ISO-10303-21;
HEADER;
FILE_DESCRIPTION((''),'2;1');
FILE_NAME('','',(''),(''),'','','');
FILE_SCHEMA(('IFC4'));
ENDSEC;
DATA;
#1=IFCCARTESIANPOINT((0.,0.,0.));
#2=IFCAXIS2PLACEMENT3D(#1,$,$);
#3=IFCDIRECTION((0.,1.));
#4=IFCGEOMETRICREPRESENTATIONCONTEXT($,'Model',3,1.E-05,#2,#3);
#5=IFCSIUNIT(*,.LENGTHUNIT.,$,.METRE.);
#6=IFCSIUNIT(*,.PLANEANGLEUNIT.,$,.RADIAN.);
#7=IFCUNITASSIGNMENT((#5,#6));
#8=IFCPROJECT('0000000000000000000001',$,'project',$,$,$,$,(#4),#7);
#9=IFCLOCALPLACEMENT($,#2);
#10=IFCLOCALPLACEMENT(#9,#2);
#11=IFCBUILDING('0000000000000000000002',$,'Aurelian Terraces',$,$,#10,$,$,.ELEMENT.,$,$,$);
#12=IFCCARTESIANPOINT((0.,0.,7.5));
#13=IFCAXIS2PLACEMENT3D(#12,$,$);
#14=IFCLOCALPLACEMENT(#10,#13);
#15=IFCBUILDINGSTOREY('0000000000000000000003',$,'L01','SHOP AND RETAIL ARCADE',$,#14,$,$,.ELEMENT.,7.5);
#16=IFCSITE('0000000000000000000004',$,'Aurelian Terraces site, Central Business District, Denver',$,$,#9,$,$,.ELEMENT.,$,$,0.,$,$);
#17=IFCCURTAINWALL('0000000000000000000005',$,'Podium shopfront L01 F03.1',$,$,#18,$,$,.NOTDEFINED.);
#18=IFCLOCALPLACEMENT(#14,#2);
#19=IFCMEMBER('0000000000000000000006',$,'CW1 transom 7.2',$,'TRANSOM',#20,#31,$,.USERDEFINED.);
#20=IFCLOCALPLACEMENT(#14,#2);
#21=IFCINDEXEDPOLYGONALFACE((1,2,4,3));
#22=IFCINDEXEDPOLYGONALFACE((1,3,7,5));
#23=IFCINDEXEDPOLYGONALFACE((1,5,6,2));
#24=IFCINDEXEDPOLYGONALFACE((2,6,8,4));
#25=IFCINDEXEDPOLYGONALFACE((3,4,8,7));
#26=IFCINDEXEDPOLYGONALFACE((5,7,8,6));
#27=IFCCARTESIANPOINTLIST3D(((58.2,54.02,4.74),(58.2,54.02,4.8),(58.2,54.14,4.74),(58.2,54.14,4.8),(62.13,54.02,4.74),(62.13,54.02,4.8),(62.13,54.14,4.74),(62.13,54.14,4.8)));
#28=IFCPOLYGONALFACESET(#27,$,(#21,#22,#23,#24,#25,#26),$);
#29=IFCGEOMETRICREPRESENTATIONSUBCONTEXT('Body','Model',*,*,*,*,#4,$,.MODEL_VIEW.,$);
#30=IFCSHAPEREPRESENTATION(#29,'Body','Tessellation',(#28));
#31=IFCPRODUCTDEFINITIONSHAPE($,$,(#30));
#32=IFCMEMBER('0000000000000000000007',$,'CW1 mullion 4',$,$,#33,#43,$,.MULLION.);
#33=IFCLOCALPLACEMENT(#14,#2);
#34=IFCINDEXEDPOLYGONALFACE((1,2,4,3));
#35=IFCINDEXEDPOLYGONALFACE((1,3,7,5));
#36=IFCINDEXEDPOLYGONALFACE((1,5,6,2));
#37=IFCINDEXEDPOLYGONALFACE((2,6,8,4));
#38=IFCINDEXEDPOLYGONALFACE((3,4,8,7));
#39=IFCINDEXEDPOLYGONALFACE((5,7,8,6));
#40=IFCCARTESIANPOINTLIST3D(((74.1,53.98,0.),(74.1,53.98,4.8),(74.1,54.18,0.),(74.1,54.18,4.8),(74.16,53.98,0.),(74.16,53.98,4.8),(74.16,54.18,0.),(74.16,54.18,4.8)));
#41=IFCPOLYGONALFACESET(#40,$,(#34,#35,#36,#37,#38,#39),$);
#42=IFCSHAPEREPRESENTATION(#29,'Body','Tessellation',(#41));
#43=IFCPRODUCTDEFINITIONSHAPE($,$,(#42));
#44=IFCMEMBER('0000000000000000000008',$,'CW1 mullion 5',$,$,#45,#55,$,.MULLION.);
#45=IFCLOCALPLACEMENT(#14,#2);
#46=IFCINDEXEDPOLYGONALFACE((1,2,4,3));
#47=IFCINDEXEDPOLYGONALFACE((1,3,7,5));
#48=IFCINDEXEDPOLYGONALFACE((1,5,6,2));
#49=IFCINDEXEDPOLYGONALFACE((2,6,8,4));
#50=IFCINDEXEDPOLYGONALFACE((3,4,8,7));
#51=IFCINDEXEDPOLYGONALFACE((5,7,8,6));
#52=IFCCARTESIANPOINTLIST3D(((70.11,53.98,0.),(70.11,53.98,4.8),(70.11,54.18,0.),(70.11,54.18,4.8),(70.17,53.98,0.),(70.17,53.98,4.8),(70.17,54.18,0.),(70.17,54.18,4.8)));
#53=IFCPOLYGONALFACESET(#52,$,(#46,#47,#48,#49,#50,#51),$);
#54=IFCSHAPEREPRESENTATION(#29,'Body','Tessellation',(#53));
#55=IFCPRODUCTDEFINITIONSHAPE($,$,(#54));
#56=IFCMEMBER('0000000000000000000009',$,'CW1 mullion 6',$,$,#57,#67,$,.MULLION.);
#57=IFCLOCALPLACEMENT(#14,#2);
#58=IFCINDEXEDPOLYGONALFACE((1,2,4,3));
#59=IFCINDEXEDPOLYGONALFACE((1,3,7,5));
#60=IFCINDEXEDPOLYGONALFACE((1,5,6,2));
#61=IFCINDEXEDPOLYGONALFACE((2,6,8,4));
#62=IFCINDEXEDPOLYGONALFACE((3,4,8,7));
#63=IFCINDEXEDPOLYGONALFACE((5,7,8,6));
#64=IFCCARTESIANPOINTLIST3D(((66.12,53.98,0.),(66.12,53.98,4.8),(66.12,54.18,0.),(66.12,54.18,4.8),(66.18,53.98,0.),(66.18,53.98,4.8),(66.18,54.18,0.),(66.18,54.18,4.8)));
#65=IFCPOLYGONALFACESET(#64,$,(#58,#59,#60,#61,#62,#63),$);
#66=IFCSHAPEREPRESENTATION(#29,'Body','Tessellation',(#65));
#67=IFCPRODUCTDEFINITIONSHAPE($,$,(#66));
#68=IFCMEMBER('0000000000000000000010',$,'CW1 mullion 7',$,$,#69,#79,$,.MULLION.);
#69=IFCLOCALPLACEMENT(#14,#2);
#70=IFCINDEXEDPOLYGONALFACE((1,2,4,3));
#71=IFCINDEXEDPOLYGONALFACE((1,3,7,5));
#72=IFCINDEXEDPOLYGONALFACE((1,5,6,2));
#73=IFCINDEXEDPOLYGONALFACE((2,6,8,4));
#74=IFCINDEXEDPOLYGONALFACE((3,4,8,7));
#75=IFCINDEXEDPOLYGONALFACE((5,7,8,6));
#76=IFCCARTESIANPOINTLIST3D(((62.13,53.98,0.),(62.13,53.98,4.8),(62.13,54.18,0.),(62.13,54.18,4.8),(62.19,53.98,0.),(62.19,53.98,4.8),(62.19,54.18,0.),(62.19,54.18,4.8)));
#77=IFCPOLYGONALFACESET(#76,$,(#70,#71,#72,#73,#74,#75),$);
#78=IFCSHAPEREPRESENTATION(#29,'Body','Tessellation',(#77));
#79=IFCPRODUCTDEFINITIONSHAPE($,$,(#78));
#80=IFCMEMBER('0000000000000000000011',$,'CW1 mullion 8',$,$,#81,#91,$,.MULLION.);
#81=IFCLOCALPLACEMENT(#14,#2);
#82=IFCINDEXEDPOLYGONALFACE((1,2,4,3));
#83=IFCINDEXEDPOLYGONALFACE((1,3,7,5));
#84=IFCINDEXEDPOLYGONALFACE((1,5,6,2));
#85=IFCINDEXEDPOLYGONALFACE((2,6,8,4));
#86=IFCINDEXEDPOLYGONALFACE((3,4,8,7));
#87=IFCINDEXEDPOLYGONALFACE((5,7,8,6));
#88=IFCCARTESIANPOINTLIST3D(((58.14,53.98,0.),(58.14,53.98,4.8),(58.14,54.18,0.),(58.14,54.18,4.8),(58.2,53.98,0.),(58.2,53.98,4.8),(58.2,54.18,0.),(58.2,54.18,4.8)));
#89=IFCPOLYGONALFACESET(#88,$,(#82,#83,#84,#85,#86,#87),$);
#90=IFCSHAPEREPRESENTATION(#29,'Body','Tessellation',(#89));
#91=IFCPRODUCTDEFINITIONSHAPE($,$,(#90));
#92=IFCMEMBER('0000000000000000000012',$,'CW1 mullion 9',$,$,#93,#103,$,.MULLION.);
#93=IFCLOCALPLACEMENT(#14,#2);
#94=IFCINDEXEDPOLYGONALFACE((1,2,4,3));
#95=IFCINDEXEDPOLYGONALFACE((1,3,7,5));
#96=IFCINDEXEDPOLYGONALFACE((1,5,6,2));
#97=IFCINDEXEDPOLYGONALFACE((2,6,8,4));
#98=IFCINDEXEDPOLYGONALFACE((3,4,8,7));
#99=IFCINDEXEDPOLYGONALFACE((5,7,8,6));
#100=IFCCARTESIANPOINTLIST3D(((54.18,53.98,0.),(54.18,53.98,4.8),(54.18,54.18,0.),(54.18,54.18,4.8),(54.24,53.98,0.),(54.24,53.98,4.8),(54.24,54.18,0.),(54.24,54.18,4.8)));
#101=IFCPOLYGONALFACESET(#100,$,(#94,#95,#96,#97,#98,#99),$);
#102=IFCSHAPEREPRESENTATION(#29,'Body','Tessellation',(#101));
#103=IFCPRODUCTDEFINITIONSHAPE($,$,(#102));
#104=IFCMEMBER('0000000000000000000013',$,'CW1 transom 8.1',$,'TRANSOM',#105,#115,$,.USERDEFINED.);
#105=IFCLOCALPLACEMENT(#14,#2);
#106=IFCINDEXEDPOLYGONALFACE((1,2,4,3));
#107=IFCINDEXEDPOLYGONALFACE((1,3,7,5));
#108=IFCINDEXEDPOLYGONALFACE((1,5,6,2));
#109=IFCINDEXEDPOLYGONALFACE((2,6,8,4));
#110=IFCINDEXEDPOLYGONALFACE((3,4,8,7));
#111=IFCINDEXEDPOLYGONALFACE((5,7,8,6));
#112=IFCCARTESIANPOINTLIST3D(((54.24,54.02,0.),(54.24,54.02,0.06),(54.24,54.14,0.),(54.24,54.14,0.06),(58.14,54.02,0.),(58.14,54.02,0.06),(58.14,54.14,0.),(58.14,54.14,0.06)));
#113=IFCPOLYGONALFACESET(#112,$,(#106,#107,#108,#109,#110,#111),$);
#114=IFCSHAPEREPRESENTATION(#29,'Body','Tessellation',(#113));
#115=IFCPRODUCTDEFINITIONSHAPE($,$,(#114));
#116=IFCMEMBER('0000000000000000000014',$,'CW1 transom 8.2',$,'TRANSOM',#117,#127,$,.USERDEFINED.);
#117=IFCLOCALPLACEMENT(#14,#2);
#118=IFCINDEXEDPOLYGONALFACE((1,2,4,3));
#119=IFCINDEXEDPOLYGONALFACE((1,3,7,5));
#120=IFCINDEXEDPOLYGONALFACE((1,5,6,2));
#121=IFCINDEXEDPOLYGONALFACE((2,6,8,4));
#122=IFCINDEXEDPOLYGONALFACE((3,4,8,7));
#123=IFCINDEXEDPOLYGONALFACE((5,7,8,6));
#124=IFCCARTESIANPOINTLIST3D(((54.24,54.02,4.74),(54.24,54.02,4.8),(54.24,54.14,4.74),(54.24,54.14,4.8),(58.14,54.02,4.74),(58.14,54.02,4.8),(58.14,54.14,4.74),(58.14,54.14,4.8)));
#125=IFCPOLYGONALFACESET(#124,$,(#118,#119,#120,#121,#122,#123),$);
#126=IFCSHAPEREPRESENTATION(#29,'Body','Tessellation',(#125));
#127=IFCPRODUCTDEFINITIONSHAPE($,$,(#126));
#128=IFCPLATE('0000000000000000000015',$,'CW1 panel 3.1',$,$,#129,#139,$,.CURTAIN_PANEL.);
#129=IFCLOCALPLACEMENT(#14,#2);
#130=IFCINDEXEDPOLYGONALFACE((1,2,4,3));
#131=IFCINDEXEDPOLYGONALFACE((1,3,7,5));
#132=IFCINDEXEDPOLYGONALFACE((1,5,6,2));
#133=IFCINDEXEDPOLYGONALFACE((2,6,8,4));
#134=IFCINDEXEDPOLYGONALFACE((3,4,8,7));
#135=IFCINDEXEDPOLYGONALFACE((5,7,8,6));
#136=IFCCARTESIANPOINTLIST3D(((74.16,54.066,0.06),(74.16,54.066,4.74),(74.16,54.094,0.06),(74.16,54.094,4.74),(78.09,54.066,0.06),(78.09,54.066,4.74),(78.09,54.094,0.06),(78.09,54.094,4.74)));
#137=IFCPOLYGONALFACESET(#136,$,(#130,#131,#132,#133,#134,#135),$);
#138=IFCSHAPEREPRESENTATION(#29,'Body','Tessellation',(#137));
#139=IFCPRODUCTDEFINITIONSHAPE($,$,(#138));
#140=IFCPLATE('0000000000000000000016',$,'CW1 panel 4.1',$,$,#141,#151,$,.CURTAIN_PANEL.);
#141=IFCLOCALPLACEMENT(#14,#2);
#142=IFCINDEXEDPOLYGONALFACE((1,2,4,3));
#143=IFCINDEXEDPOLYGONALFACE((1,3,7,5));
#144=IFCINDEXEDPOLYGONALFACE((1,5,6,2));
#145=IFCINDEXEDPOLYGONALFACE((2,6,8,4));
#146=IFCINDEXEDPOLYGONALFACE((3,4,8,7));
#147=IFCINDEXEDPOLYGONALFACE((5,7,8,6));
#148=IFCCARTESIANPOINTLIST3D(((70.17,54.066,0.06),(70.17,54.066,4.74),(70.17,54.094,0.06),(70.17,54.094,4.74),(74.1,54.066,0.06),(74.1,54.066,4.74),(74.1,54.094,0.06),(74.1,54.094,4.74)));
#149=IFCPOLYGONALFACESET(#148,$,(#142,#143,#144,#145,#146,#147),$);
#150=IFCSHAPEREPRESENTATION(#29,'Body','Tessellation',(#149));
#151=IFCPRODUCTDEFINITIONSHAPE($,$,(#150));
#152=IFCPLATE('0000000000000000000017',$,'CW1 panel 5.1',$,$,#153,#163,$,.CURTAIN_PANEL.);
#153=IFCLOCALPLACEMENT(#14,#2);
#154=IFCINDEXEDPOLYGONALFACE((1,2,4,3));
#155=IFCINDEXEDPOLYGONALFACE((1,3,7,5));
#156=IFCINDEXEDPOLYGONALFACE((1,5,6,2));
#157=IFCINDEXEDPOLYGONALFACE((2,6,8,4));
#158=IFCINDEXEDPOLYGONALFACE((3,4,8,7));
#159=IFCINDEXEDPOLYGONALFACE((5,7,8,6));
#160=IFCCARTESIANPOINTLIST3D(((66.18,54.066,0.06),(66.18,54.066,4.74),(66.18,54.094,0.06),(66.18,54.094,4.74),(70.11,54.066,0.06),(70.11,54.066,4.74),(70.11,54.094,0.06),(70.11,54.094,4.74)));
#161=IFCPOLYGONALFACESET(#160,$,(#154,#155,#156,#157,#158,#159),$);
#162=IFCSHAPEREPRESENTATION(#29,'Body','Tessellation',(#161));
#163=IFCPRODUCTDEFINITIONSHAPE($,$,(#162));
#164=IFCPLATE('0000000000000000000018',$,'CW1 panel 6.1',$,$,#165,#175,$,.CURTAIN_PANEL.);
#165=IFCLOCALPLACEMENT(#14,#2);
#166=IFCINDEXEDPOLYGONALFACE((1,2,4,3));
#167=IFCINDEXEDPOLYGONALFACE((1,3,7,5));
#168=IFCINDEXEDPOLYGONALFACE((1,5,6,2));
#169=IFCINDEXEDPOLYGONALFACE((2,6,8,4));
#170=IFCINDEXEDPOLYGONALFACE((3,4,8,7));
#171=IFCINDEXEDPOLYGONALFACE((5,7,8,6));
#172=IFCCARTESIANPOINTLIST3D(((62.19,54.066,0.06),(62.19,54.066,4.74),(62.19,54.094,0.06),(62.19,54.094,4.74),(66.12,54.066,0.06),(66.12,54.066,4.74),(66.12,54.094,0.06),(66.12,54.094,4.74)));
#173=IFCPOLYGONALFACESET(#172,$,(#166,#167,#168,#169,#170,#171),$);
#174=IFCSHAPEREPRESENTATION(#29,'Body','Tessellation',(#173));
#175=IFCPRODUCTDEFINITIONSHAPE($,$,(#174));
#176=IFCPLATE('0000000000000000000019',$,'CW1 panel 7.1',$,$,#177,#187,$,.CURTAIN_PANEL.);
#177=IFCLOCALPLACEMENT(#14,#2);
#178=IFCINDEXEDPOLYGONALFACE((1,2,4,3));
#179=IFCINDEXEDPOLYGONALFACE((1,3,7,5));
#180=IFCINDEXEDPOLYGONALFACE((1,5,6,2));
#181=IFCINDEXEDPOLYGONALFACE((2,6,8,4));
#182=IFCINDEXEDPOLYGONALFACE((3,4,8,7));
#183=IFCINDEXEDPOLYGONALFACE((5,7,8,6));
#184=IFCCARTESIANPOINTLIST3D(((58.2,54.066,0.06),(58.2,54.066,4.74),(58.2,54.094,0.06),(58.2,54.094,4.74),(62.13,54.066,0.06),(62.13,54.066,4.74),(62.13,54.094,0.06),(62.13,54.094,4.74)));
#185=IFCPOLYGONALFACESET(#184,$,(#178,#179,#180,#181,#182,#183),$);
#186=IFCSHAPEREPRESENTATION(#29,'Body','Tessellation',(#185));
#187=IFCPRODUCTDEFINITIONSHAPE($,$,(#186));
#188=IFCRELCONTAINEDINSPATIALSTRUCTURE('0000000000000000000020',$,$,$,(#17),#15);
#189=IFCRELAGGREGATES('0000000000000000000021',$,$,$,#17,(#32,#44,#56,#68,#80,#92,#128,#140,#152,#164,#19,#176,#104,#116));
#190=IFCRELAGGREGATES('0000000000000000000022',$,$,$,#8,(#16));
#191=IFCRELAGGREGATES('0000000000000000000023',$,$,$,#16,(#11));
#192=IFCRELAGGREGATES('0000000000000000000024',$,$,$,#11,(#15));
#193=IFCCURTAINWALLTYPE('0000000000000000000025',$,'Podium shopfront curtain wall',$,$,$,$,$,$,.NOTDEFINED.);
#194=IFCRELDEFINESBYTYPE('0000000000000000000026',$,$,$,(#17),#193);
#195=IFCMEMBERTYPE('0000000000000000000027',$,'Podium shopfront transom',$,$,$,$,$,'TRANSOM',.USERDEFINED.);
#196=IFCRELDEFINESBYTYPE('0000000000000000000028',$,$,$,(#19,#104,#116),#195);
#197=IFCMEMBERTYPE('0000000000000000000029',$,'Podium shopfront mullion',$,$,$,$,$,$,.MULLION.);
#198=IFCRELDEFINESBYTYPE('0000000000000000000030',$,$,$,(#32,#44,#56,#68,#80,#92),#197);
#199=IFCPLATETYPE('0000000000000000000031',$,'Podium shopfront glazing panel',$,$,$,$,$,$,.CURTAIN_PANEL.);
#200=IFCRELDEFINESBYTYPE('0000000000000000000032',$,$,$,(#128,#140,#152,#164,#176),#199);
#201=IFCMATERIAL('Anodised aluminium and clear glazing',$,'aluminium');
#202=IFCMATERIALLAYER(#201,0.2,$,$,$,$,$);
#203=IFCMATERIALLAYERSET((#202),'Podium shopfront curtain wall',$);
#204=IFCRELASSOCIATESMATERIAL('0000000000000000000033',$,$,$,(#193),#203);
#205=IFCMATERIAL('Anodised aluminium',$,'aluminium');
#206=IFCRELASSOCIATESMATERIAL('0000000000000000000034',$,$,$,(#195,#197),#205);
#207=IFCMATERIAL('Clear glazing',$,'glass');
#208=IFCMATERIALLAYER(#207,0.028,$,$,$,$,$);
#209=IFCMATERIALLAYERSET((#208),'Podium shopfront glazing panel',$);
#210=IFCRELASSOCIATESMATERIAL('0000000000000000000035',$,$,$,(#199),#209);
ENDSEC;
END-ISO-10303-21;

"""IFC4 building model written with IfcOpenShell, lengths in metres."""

from ifc_helpers import new_model, si_unit, direction, frame, origin, origin_2d, place, context, subcontext, project, spatial, rectangle, extrude, source, transform, mapped, material, layer, layer_set, material_profile, profile_set, type_object, element, aggregate, save


model = new_model("IFC4")

# Units and contexts
model_context = context("Model", 3, precision=1e-05, world=origin(), true_north=direction((0.0, 1.0)))
body_context = subcontext(model_context, "Body", "Model", "MODEL_VIEW")
ifc_project = project(units=[si_unit("LENGTHUNIT", "METRE"), si_unit("PLANEANGLEUNIT", "RADIAN")], contexts=[model_context])

# Site, building, storey
site_placement = place(None, origin())
site = spatial("IfcSite", under=ifc_project, at=site_placement, Name="Aurelian Terraces site, Central Business District, Denver", CompositionType="ELEMENT", RefElevation=0.0)
building_placement = place(site_placement, origin())
building = spatial("IfcBuilding", under=site, at=building_placement, Name="Aurelian Terraces", CompositionType="ELEMENT")
storey_placement = place(building_placement, frame((0.0, 0.0, 7.5)))
storey = spatial("IfcBuildingStorey", under=building, at=storey_placement, Name="L01", Description="SHOP AND RETAIL ARCADE", CompositionType="ELEMENT", Elevation=7.5)

# Curtain wall, members, plates
ifc_material_1 = material(Name="Anodised aluminium and clear glazing", Category="aluminium")
ifc_layer_1 = layer(ifc_material_1, 0.2)
ifc_layer_set_1 = layer_set([ifc_layer_1], Name="Podium shopfront curtain wall")
curtain_wall_type = type_object("IfcCurtainWallType", Name="Podium shopfront curtain wall", PredefinedType="NOTDEFINED", material=ifc_layer_set_1)
curtain_wall_placement = place(storey_placement, origin())
curtain_wall = element("IfcCurtainWall", 1, at=curtain_wall_placement, inside=storey, type_object=curtain_wall_type, Name="Podium shopfront L01 F03.1", PredefinedType="NOTDEFINED")
ifc_material_2 = material(Name="Anodised aluminium", Category="aluminium")
ifc_material_profile_1 = material_profile(ifc_material_2, rectangle(XDim=0.12, YDim=0.06, at=origin_2d()))
ifc_profile_set_1 = profile_set([ifc_material_profile_1], Name="Anodised aluminium")
member_type_1 = type_object("IfcMemberType", Name="Podium shopfront transom", ElementType="TRANSOM", PredefinedType="USERDEFINED", material=ifc_profile_set_1)
shared_shape_1 = source(origin(), body_context, "Body", "SweptSolid", [
    extrude(rectangle(XDim=0.12, YDim=0.06, at=origin_2d()), origin(), (0.0, 0.0, 1.0), 3.93),
])
member_1_placement = place(storey_placement, frame((62.13, 54.08, 4.77), z_axis=(-1.0, 0.0, 0.0), x_axis=(0.0, -1.0, 0.0)))
member_1 = element("IfcMember", 2, at=member_1_placement, type_object=member_type_1, Name="CW1 transom 7.2", ObjectType="TRANSOM", PredefinedType="USERDEFINED", context=body_context, shape_type="MappedRepresentation", body=[
    mapped(shared_shape_1, transform((0.0, 0.0, 0.0), scale=1.0)),
])
ifc_material_profile_2 = material_profile(ifc_material_2, rectangle(XDim=0.2, YDim=0.06, at=origin_2d()))
ifc_profile_set_2 = profile_set([ifc_material_profile_2], Name="Anodised aluminium")
member_type_2 = type_object("IfcMemberType", Name="Podium shopfront mullion", PredefinedType="MULLION", material=ifc_profile_set_2)
shared_shape_2 = source(origin(), body_context, "Body", "SweptSolid", [
    extrude(rectangle(XDim=0.2, YDim=0.06, at=origin_2d()), origin(), (0.0, 0.0, 1.0), 4.8),
])
member_2_placement = place(storey_placement, frame((74.13, 54.08, 0.0), z_axis=(0.0, 0.0, 1.0), x_axis=(0.0, -1.0, 0.0)))
member_2 = element("IfcMember", 3, at=member_2_placement, type_object=member_type_2, Name="CW1 mullion 4", PredefinedType="MULLION", context=body_context, shape_type="MappedRepresentation", body=[
    mapped(shared_shape_2, transform((0.0, 0.0, 0.0), scale=1.0)),
])
member_3_placement = place(storey_placement, frame((70.14, 54.08, 0.0), z_axis=(0.0, 0.0, 1.0), x_axis=(0.0, -1.0, 0.0)))
member_3 = element("IfcMember", 4, at=member_3_placement, type_object=member_type_2, Name="CW1 mullion 5", PredefinedType="MULLION", context=body_context, shape_type="MappedRepresentation", body=[
    mapped(shared_shape_2, transform((0.0, 0.0, 0.0), scale=1.0)),
])
member_4_placement = place(storey_placement, frame((66.15, 54.08, 0.0), z_axis=(0.0, 0.0, 1.0), x_axis=(0.0, -1.0, 0.0)))
member_4 = element("IfcMember", 5, at=member_4_placement, type_object=member_type_2, Name="CW1 mullion 6", PredefinedType="MULLION", context=body_context, shape_type="MappedRepresentation", body=[
    mapped(shared_shape_2, transform((0.0, 0.0, 0.0), scale=1.0)),
])
member_5_placement = place(storey_placement, frame((62.16, 54.08, 0.0), z_axis=(0.0, 0.0, 1.0), x_axis=(0.0, -1.0, 0.0)))
member_5 = element("IfcMember", 6, at=member_5_placement, type_object=member_type_2, Name="CW1 mullion 7", PredefinedType="MULLION", context=body_context, shape_type="MappedRepresentation", body=[
    mapped(shared_shape_2, transform((0.0, 0.0, 0.0), scale=1.0)),
])
member_6_placement = place(storey_placement, frame((58.17, 54.08, 0.0), z_axis=(0.0, 0.0, 1.0), x_axis=(0.0, -1.0, 0.0)))
member_6 = element("IfcMember", 7, at=member_6_placement, type_object=member_type_2, Name="CW1 mullion 8", PredefinedType="MULLION", context=body_context, shape_type="MappedRepresentation", body=[
    mapped(shared_shape_2, transform((0.0, 0.0, 0.0), scale=1.0)),
])
member_7_placement = place(storey_placement, frame((54.21, 54.08, 0.0), z_axis=(0.0, 0.0, 1.0), x_axis=(0.0, -1.0, 0.0)))
member_7 = element("IfcMember", 8, at=member_7_placement, type_object=member_type_2, Name="CW1 mullion 9", PredefinedType="MULLION", context=body_context, shape_type="MappedRepresentation", body=[
    mapped(shared_shape_2, transform((0.0, 0.0, 0.0), scale=1.0)),
])
shared_shape_3 = source(origin(), body_context, "Body", "SweptSolid", [
    extrude(rectangle(XDim=0.12, YDim=0.06, at=origin_2d()), origin(), (0.0, 0.0, 1.0), 3.9),
])
member_8_placement = place(storey_placement, frame((58.14, 54.08, 0.03), z_axis=(-1.0, 0.0, 0.0), x_axis=(0.0, -1.0, 0.0)))
member_8 = element("IfcMember", 9, at=member_8_placement, type_object=member_type_1, Name="CW1 transom 8.1", ObjectType="TRANSOM", PredefinedType="USERDEFINED", context=body_context, shape_type="MappedRepresentation", body=[
    mapped(shared_shape_3, transform((0.0, 0.0, 0.0), scale=1.0)),
])
member_9_placement = place(storey_placement, frame((58.14, 54.08, 4.77), z_axis=(-1.0, 0.0, 0.0), x_axis=(0.0, -1.0, 0.0)))
member_9 = element("IfcMember", 10, at=member_9_placement, type_object=member_type_1, Name="CW1 transom 8.2", ObjectType="TRANSOM", PredefinedType="USERDEFINED", context=body_context, shape_type="MappedRepresentation", body=[
    mapped(shared_shape_3, transform((0.0, 0.0, 0.0), scale=1.0)),
])
ifc_material_3 = material(Name="Clear glazing", Category="glass")
ifc_layer_2 = layer(ifc_material_3, 0.028)
ifc_layer_set_2 = layer_set([ifc_layer_2], Name="Podium shopfront glazing panel")
plate_type = type_object("IfcPlateType", Name="Podium shopfront glazing panel", PredefinedType="CURTAIN_PANEL", material=ifc_layer_set_2)
shared_shape_4 = source(origin(), body_context, "Body", "SweptSolid", [
    extrude(rectangle(XDim=3.93, YDim=0.028, at=origin_2d()), origin(), (0.0, 0.0, 1.0), 4.68),
])
plate_1_placement = place(storey_placement, frame((76.125, 54.08, 0.06), z_axis=(0.0, 0.0, 1.0), x_axis=(-1.0, 0.0, 0.0)))
plate_1 = element("IfcPlate", 11, at=plate_1_placement, type_object=plate_type, Name="CW1 panel 3.1", PredefinedType="CURTAIN_PANEL", context=body_context, shape_type="MappedRepresentation", body=[
    mapped(shared_shape_4, transform((0.0, 0.0, 0.0), scale=1.0)),
])
plate_2_placement = place(storey_placement, frame((72.135, 54.08, 0.06), z_axis=(0.0, 0.0, 1.0), x_axis=(-1.0, 0.0, 0.0)))
plate_2 = element("IfcPlate", 12, at=plate_2_placement, type_object=plate_type, Name="CW1 panel 4.1", PredefinedType="CURTAIN_PANEL", context=body_context, shape_type="MappedRepresentation", body=[
    mapped(shared_shape_4, transform((0.0, 0.0, 0.0), scale=1.0)),
])
plate_3_placement = place(storey_placement, frame((68.145, 54.08, 0.06), z_axis=(0.0, 0.0, 1.0), x_axis=(-1.0, 0.0, 0.0)))
plate_3 = element("IfcPlate", 13, at=plate_3_placement, type_object=plate_type, Name="CW1 panel 5.1", PredefinedType="CURTAIN_PANEL", context=body_context, shape_type="MappedRepresentation", body=[
    mapped(shared_shape_4, transform((0.0, 0.0, 0.0), scale=1.0)),
])
plate_4_placement = place(storey_placement, frame((64.155, 54.08, 0.06), z_axis=(0.0, 0.0, 1.0), x_axis=(-1.0, 0.0, 0.0)))
plate_4 = element("IfcPlate", 14, at=plate_4_placement, type_object=plate_type, Name="CW1 panel 6.1", PredefinedType="CURTAIN_PANEL", context=body_context, shape_type="MappedRepresentation", body=[
    mapped(shared_shape_4, transform((0.0, 0.0, 0.0), scale=1.0)),
])
plate_5_placement = place(storey_placement, frame((60.165, 54.08, 0.06), z_axis=(0.0, 0.0, 1.0), x_axis=(-1.0, 0.0, 0.0)))
plate_5 = element("IfcPlate", 15, at=plate_5_placement, type_object=plate_type, Name="CW1 panel 7.1", PredefinedType="CURTAIN_PANEL", context=body_context, shape_type="MappedRepresentation", body=[
    mapped(shared_shape_4, transform((0.0, 0.0, 0.0), scale=1.0)),
])
aggregate(curtain_wall, [member_2, member_3, member_4, member_5, member_6, member_7, plate_1, plate_2, plate_3, plate_4, member_1, plate_5, member_8, member_9])

save(model, "model.ifc")
